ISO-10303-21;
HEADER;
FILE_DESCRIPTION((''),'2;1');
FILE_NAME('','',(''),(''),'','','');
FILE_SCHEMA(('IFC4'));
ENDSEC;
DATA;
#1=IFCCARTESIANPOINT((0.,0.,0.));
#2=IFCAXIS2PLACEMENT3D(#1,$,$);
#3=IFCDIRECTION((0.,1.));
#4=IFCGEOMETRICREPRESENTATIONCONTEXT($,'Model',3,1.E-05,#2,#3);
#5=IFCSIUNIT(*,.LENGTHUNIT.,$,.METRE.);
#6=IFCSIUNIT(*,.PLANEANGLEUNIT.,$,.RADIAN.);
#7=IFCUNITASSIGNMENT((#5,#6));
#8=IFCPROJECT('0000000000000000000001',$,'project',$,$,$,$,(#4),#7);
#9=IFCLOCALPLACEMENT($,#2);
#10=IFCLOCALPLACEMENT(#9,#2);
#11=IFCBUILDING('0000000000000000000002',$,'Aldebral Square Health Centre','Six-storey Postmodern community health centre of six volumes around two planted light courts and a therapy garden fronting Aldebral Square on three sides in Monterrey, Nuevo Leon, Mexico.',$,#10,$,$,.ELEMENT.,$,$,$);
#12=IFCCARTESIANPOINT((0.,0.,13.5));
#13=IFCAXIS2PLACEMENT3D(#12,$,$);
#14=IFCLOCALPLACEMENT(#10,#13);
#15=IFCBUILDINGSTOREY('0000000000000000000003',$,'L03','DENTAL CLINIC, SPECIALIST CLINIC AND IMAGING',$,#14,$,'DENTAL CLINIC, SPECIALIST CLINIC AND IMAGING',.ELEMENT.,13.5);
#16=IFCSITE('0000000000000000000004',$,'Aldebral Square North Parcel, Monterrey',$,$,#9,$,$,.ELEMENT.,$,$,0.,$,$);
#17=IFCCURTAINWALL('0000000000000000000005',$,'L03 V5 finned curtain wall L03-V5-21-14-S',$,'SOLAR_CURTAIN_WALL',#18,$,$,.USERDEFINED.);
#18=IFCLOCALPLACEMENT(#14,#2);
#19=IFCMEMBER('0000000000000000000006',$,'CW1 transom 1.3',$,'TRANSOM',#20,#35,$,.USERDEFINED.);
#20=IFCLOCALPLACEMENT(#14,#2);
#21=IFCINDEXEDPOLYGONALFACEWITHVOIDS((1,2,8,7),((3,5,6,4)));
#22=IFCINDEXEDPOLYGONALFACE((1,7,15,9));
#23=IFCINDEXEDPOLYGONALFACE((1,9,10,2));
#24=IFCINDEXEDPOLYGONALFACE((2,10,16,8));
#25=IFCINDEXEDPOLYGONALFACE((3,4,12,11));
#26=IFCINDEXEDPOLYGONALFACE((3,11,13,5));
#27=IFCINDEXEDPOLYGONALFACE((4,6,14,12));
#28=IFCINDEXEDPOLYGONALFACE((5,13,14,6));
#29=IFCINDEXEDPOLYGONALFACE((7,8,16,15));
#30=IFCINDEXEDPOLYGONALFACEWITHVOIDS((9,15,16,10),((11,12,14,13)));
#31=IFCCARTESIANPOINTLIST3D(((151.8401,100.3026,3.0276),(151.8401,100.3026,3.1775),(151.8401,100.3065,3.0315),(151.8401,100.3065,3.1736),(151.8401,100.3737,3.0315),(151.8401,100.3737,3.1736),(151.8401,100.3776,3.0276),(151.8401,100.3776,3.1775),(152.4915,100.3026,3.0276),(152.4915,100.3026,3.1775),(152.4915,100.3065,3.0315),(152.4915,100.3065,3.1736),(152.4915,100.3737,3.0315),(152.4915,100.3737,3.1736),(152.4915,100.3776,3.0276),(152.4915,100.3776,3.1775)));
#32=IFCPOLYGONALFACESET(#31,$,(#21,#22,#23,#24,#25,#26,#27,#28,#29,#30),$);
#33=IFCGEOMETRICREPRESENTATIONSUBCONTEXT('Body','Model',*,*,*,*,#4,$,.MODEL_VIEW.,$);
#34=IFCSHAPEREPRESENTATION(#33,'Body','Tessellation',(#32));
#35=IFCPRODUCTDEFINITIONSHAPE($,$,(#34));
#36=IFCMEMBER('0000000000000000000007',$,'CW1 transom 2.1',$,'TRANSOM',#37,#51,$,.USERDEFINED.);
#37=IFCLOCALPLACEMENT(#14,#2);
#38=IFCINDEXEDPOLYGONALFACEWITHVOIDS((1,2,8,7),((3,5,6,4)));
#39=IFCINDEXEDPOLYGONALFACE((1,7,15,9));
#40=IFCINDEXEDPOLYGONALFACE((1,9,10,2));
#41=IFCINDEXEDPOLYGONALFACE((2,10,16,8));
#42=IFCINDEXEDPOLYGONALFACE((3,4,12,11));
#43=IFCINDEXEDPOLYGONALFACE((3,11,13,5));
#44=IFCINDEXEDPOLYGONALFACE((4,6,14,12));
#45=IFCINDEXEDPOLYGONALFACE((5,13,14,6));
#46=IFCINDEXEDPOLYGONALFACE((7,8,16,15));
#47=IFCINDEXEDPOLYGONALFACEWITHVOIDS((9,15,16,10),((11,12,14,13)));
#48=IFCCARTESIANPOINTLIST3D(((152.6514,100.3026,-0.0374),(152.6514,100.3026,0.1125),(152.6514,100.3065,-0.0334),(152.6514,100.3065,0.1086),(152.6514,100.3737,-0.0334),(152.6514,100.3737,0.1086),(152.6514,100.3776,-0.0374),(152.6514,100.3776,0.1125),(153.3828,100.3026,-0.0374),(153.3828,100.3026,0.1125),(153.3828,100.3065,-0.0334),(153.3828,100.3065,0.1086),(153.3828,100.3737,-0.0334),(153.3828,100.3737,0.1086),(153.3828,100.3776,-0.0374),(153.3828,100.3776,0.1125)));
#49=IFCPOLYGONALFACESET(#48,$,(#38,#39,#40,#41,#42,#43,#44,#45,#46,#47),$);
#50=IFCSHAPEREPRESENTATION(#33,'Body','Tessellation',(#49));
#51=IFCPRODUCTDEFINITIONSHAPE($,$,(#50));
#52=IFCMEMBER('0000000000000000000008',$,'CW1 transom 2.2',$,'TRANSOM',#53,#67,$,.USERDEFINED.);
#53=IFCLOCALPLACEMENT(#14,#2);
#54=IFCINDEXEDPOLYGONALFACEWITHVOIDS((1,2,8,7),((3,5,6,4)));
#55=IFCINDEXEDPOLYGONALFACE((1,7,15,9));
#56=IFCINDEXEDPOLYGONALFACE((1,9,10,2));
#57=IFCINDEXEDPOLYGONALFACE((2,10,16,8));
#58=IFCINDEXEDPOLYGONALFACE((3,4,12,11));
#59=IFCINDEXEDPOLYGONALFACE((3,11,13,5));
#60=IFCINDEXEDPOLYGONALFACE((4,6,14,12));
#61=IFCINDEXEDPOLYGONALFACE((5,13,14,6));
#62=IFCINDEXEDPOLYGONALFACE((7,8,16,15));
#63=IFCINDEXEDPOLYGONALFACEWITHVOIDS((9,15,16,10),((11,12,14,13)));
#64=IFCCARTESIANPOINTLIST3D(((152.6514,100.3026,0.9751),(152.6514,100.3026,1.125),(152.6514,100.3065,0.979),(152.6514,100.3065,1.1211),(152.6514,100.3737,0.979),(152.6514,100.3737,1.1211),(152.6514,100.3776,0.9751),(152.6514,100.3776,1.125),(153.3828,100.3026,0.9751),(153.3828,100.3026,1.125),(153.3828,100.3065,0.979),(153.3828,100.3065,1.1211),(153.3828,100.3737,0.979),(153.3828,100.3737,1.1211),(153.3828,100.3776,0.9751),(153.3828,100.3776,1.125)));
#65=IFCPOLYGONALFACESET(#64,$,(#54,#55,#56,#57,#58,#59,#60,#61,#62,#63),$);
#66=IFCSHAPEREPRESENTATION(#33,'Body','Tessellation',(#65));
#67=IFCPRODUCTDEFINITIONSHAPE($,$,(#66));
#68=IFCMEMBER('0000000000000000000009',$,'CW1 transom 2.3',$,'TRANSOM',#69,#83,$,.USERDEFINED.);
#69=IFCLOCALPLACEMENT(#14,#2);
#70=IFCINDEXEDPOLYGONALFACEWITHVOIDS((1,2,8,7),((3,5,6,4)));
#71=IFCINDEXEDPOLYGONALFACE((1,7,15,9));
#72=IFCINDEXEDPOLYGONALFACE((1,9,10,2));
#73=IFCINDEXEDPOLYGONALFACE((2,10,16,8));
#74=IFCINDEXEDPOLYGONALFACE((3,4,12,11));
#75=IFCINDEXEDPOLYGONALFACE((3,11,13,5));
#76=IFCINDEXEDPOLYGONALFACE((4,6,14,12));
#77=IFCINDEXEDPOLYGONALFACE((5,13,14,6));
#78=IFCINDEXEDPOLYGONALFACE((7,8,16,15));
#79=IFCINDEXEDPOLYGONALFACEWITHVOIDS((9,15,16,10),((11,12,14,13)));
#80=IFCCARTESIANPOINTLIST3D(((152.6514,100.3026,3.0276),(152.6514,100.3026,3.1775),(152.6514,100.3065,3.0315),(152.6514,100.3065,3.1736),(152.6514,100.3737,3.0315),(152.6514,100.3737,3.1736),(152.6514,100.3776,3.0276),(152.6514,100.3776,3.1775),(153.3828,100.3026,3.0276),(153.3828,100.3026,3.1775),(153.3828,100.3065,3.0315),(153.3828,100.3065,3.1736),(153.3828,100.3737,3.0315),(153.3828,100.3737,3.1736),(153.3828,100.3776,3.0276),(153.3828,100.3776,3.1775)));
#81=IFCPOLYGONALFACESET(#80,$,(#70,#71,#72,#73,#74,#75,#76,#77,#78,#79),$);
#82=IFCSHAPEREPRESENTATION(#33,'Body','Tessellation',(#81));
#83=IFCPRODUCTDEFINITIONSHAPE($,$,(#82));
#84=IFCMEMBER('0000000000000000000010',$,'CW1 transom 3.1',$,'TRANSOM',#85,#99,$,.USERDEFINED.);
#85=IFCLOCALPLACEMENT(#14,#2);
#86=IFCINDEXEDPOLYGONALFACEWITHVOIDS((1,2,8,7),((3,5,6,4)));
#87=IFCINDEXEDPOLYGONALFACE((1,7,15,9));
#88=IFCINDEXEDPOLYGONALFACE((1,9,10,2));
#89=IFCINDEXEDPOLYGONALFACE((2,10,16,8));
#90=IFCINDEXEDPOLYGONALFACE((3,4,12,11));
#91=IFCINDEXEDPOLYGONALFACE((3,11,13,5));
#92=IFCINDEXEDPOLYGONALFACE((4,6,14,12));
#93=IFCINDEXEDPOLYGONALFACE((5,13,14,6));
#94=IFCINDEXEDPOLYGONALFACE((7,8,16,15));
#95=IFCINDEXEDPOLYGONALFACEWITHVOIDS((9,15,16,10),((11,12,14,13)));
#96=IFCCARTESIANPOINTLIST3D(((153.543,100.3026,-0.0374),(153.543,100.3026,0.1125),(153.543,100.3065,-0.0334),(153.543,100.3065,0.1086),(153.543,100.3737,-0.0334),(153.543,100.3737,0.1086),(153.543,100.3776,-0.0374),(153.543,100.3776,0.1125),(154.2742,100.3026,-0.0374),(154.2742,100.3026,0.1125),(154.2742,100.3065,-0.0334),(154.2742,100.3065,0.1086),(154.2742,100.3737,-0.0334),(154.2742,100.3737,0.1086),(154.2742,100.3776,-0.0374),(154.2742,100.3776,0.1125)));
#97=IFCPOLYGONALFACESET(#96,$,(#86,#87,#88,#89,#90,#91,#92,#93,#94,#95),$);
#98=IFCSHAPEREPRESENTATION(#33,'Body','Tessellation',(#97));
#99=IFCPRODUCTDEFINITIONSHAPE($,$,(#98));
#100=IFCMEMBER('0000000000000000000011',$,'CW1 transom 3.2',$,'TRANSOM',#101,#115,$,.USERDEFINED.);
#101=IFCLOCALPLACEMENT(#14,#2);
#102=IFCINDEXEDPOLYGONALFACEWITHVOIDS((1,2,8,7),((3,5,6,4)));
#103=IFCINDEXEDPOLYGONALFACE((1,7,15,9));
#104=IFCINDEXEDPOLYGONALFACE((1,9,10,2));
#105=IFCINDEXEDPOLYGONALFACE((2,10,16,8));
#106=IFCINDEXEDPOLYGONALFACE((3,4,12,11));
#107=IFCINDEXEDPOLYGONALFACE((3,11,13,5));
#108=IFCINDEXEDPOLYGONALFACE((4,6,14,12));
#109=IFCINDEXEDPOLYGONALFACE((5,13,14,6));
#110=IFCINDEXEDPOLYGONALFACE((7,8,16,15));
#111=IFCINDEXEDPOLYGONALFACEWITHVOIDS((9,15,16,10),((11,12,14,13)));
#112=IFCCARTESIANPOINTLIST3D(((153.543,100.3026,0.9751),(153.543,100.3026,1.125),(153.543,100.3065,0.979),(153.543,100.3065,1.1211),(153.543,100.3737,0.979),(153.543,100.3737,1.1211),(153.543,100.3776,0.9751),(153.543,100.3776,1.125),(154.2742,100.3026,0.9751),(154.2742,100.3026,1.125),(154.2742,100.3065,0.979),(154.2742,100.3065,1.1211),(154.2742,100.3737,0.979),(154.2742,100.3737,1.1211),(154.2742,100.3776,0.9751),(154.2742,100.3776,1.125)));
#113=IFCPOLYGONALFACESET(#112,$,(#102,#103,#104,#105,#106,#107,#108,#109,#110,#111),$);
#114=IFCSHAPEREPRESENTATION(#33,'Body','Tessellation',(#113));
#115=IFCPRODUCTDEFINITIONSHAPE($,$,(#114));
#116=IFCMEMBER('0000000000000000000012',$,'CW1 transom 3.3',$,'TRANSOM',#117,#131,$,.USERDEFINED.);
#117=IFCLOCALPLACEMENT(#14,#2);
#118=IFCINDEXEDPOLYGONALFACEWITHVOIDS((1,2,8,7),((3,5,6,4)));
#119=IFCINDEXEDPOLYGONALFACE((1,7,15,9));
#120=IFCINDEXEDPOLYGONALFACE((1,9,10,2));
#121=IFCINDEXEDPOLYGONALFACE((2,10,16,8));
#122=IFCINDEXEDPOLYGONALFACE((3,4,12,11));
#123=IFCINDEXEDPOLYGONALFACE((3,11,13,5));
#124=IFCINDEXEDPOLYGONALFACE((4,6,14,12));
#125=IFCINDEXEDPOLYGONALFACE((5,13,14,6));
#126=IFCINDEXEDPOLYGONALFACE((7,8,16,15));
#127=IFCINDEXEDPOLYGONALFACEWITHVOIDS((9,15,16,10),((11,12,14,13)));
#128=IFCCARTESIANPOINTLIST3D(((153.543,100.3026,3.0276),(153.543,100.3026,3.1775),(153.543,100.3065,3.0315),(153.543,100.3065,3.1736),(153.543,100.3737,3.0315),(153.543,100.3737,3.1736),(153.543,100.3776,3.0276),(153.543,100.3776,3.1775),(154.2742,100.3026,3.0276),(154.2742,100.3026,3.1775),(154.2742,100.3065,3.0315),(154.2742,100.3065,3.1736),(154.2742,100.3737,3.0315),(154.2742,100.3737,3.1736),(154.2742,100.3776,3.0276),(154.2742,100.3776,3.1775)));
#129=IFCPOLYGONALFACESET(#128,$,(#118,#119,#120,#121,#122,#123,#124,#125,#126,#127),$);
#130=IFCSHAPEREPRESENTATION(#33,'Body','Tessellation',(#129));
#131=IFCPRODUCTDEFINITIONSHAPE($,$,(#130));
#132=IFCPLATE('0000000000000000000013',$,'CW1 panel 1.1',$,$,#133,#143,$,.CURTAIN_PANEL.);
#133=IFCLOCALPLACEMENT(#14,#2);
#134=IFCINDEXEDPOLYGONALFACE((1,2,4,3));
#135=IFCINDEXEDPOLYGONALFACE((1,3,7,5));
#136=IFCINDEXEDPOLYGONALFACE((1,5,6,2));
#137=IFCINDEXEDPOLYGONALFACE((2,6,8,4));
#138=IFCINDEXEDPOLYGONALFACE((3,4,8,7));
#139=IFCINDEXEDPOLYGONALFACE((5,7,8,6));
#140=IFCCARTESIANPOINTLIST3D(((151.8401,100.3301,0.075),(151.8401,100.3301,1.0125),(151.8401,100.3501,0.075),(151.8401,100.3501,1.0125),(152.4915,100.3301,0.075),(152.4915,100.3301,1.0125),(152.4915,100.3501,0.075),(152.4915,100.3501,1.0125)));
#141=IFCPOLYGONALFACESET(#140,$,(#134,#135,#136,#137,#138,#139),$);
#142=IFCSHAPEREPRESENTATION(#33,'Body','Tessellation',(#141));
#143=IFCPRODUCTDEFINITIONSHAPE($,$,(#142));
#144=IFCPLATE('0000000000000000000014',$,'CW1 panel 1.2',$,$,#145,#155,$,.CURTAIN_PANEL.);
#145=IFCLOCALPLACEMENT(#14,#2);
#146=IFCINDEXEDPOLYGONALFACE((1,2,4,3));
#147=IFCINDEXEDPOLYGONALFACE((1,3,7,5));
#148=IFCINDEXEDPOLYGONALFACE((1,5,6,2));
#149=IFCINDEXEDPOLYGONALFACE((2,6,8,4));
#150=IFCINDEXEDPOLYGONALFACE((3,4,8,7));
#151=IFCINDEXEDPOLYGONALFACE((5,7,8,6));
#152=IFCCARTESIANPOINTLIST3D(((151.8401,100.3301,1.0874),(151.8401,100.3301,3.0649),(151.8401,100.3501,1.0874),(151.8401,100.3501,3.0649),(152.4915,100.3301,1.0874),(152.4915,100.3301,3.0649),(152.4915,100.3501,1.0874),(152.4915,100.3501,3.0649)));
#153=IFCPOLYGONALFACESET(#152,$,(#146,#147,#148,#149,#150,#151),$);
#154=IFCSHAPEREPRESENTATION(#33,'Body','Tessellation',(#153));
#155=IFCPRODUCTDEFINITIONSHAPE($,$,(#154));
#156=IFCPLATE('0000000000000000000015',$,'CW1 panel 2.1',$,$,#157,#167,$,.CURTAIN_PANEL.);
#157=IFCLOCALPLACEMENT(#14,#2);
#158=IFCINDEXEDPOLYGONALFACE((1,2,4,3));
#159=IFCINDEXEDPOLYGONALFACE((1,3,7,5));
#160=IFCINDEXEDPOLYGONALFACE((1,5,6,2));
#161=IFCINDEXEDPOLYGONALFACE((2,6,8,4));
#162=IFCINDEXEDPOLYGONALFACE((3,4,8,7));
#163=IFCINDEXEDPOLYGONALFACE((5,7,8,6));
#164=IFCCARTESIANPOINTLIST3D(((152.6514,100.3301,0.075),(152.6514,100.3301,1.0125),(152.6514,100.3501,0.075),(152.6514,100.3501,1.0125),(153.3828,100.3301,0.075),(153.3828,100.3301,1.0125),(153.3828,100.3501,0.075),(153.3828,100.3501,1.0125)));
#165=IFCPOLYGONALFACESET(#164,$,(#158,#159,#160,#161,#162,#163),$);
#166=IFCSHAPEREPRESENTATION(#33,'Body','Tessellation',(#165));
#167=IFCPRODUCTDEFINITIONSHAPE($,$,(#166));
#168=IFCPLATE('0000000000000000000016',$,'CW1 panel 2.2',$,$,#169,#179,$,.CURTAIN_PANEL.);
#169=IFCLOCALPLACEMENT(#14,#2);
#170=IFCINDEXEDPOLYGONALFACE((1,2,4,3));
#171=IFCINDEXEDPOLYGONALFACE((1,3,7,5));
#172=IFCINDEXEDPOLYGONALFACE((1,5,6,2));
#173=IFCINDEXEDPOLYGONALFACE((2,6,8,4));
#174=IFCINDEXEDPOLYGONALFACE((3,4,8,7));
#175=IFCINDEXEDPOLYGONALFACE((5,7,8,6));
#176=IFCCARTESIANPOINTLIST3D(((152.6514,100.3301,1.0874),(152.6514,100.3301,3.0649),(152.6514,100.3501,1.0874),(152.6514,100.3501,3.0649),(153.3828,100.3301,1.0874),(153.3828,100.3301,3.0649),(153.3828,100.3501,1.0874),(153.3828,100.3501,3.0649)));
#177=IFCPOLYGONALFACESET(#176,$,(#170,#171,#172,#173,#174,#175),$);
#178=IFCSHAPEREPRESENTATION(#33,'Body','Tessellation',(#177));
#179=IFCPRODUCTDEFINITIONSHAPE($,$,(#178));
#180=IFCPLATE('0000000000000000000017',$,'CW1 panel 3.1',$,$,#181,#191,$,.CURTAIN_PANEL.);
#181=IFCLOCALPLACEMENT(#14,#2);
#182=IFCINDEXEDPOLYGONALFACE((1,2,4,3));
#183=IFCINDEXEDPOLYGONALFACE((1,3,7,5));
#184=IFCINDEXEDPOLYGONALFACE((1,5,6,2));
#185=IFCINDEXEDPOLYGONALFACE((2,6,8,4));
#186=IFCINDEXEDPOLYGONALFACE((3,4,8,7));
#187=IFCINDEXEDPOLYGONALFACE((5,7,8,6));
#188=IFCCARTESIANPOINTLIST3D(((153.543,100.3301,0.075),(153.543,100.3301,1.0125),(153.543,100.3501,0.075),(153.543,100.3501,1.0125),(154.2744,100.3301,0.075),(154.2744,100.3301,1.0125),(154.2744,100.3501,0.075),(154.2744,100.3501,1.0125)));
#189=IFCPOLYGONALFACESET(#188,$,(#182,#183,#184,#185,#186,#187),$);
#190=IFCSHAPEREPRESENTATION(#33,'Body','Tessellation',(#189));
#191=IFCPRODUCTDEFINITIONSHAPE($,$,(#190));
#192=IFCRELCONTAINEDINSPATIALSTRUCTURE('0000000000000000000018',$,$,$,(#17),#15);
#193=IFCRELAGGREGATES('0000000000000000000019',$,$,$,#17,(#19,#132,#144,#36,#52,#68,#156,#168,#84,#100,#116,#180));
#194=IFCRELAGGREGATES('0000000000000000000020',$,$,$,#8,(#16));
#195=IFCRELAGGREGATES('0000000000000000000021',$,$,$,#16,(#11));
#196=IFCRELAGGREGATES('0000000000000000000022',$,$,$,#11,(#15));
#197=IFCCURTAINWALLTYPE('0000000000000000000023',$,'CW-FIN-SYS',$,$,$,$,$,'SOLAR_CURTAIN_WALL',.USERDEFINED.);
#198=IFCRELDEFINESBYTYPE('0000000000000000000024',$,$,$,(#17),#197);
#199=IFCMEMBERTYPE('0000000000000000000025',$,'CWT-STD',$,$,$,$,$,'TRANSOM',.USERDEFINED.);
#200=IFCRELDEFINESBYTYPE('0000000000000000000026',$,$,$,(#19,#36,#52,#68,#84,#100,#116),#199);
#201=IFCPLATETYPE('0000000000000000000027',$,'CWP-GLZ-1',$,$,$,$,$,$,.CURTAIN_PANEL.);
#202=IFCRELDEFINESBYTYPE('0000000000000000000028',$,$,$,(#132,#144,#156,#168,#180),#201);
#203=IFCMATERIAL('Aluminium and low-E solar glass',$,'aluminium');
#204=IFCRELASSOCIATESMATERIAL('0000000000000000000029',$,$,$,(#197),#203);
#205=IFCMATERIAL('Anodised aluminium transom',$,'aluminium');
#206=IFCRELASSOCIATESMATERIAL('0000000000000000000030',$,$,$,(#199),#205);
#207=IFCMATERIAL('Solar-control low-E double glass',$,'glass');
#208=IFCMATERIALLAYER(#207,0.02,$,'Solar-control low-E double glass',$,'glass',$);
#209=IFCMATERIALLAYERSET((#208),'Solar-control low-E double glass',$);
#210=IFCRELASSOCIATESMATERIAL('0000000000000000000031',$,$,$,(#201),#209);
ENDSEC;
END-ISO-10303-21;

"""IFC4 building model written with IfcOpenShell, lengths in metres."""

from ifc_helpers import new_model, si_unit, direction, frame, origin, origin_2d, place, context, subcontext, project, spatial, rectangle, hollow_rectangle, extrude, material, layer, layer_set, material_profile, profile_set, type_object, element, aggregate, save


model = new_model("IFC4")

# Units and contexts
model_context = context("Model", 3, precision=1e-05, world=origin(), true_north=direction((0.0, 1.0)))
body_context = subcontext(model_context, "Body", "Model", "MODEL_VIEW")
ifc_project = project(units=[si_unit("LENGTHUNIT", "METRE"), si_unit("PLANEANGLEUNIT", "RADIAN")], contexts=[model_context])

# Site, building, storey
site_placement = place(None, origin())
site = spatial("IfcSite", under=ifc_project, at=site_placement, Name="Aldebral Square North Parcel, Monterrey", CompositionType="ELEMENT", RefElevation=0.0)
building_placement = place(site_placement, origin())
building = spatial("IfcBuilding", under=site, at=building_placement, Name="Aldebral Square Health Centre", Description="Six-storey Postmodern community health centre of six volumes around two planted light courts and a therapy garden fronting Aldebral Square on three sides in Monterrey, Nuevo Leon, Mexico.", CompositionType="ELEMENT")
storey_placement = place(building_placement, frame((0.0, 0.0, 13.5)))
storey = spatial("IfcBuildingStorey", under=building, at=storey_placement, Name="L03", Description="DENTAL CLINIC, SPECIALIST CLINIC AND IMAGING", LongName="DENTAL CLINIC, SPECIALIST CLINIC AND IMAGING", CompositionType="ELEMENT", Elevation=13.5)

# Curtain wall
ifc_material_1 = material(Name="Aluminium and low-E solar glass", Category="aluminium")
curtain_wall_type = type_object("IfcCurtainWallType", Name="CW-FIN-SYS", ElementType="SOLAR_CURTAIN_WALL", PredefinedType="USERDEFINED", material=ifc_material_1)
curtain_wall_1_placement = place(storey_placement, origin())
curtain_wall_1 = element("IfcCurtainWall", 1, at=curtain_wall_1_placement, inside=storey, type_object=curtain_wall_type, Name="L03 V5 finned curtain wall L03-V5-21-14-S", ObjectType="SOLAR_CURTAIN_WALL", PredefinedType="USERDEFINED")
ifc_material_2 = material(Name="Anodised aluminium transom", Category="aluminium")
ifc_material_profile_1 = material_profile(ifc_material_2, hollow_rectangle(XDim=0.075, YDim=0.1499, WallThickness=0.0039, at=origin_2d()), Name="CWT 75x150x4")
ifc_profile_set_1 = profile_set([ifc_material_profile_1], Name="Anodised aluminium transom")
member_type_1 = type_object("IfcMemberType", Name="CWT-STD", ElementType="TRANSOM", PredefinedType="USERDEFINED", material=ifc_profile_set_1)

# Members
member_1_placement = place(storey_placement, frame((151.8401, 100.3401, 3.1025), z_axis=(1.0, 0.0, 0.0), x_axis=(0.0, 1.0, 0.0)))
member_1 = element("IfcMember", 2, at=member_1_placement, type_object=member_type_1, Name="CW1 transom 1.3", ObjectType="TRANSOM", PredefinedType="USERDEFINED", context=body_context, shape_type="SweptSolid", body=[
    extrude(hollow_rectangle(XDim=0.075, YDim=0.1499, WallThickness=0.0039, at=origin_2d()), origin(), (0.0, 0.0, 1.0), 0.6514),
])
member_2_placement = place(storey_placement, frame((152.6514, 100.3401, 0.0376), z_axis=(1.0, 0.0, 0.0), x_axis=(0.0, 1.0, 0.0)))
member_2 = element("IfcMember", 3, at=member_2_placement, type_object=member_type_1, Name="CW1 transom 2.1", ObjectType="TRANSOM", PredefinedType="USERDEFINED", context=body_context, shape_type="SweptSolid", body=[
    extrude(hollow_rectangle(XDim=0.075, YDim=0.1499, WallThickness=0.0039, at=origin_2d()), origin(), (0.0, 0.0, 1.0), 0.7314),
])
member_3_placement = place(storey_placement, frame((152.6514, 100.3401, 1.05), z_axis=(1.0, 0.0, 0.0), x_axis=(0.0, 1.0, 0.0)))
member_3 = element("IfcMember", 4, at=member_3_placement, type_object=member_type_1, Name="CW1 transom 2.2", ObjectType="TRANSOM", PredefinedType="USERDEFINED", context=body_context, shape_type="SweptSolid", body=[
    extrude(hollow_rectangle(XDim=0.075, YDim=0.1499, WallThickness=0.0039, at=origin_2d()), origin(), (0.0, 0.0, 1.0), 0.7314),
])
member_4_placement = place(storey_placement, frame((152.6514, 100.3401, 3.1025), z_axis=(1.0, 0.0, 0.0), x_axis=(0.0, 1.0, 0.0)))
member_4 = element("IfcMember", 5, at=member_4_placement, type_object=member_type_1, Name="CW1 transom 2.3", ObjectType="TRANSOM", PredefinedType="USERDEFINED", context=body_context, shape_type="SweptSolid", body=[
    extrude(hollow_rectangle(XDim=0.075, YDim=0.1499, WallThickness=0.0039, at=origin_2d()), origin(), (0.0, 0.0, 1.0), 0.7314),
])
member_5_placement = place(storey_placement, frame((153.543, 100.3401, 0.0376), z_axis=(1.0, 0.0, 0.0), x_axis=(0.0, 1.0, 0.0)))
member_5 = element("IfcMember", 6, at=member_5_placement, type_object=member_type_1, Name="CW1 transom 3.1", ObjectType="TRANSOM", PredefinedType="USERDEFINED", context=body_context, shape_type="SweptSolid", body=[
    extrude(hollow_rectangle(XDim=0.075, YDim=0.1499, WallThickness=0.0039, at=origin_2d()), origin(), (0.0, 0.0, 1.0), 0.7312),
])
member_6_placement = place(storey_placement, frame((153.543, 100.3401, 1.05), z_axis=(1.0, 0.0, 0.0), x_axis=(0.0, 1.0, 0.0)))
member_6 = element("IfcMember", 7, at=member_6_placement, type_object=member_type_1, Name="CW1 transom 3.2", ObjectType="TRANSOM", PredefinedType="USERDEFINED", context=body_context, shape_type="SweptSolid", body=[
    extrude(hollow_rectangle(XDim=0.075, YDim=0.1499, WallThickness=0.0039, at=origin_2d()), origin(), (0.0, 0.0, 1.0), 0.7312),
])
member_7_placement = place(storey_placement, frame((153.543, 100.3401, 3.1025), z_axis=(1.0, 0.0, 0.0), x_axis=(0.0, 1.0, 0.0)))
member_7 = element("IfcMember", 8, at=member_7_placement, type_object=member_type_1, Name="CW1 transom 3.3", ObjectType="TRANSOM", PredefinedType="USERDEFINED", context=body_context, shape_type="SweptSolid", body=[
    extrude(hollow_rectangle(XDim=0.075, YDim=0.1499, WallThickness=0.0039, at=origin_2d()), origin(), (0.0, 0.0, 1.0), 0.7312),
])

# Plates
ifc_material_3 = material(Name="Solar-control low-E double glass", Category="glass")
ifc_layer_1 = layer(ifc_material_3, 0.02, Name="Solar-control low-E double glass", Category="glass")
ifc_layer_set_1 = layer_set([ifc_layer_1], Name="Solar-control low-E double glass")
plate_type_1 = type_object("IfcPlateType", Name="CWP-GLZ-1", PredefinedType="CURTAIN_PANEL", material=ifc_layer_set_1)
plate_1_placement = place(storey_placement, frame((152.1658, 100.3401, 0.075), z_axis=(0.0, 0.0, 1.0), x_axis=(1.0, 0.0, 0.0)))
plate_1 = element("IfcPlate", 9, at=plate_1_placement, type_object=plate_type_1, Name="CW1 panel 1.1", PredefinedType="CURTAIN_PANEL", context=body_context, shape_type="SweptSolid", body=[
    extrude(rectangle(XDim=0.6514, YDim=0.02, at=origin_2d()), origin(), (0.0, 0.0, 1.0), 0.9375),
])
plate_2_placement = place(storey_placement, frame((152.1658, 100.3401, 1.0874), z_axis=(0.0, 0.0, 1.0), x_axis=(1.0, 0.0, 0.0)))
plate_2 = element("IfcPlate", 10, at=plate_2_placement, type_object=plate_type_1, Name="CW1 panel 1.2", PredefinedType="CURTAIN_PANEL", context=body_context, shape_type="SweptSolid", body=[
    extrude(rectangle(XDim=0.6514, YDim=0.02, at=origin_2d()), origin(), (0.0, 0.0, 1.0), 1.9775),
])
plate_3_placement = place(storey_placement, frame((153.0171, 100.3401, 0.075), z_axis=(0.0, 0.0, 1.0), x_axis=(1.0, 0.0, 0.0)))
plate_3 = element("IfcPlate", 11, at=plate_3_placement, type_object=plate_type_1, Name="CW1 panel 2.1", PredefinedType="CURTAIN_PANEL", context=body_context, shape_type="SweptSolid", body=[
    extrude(rectangle(XDim=0.7314, YDim=0.02, at=origin_2d()), origin(), (0.0, 0.0, 1.0), 0.9375),
])
plate_4_placement = place(storey_placement, frame((153.0171, 100.3401, 1.0874), z_axis=(0.0, 0.0, 1.0), x_axis=(1.0, 0.0, 0.0)))
plate_4 = element("IfcPlate", 12, at=plate_4_placement, type_object=plate_type_1, Name="CW1 panel 2.2", PredefinedType="CURTAIN_PANEL", context=body_context, shape_type="SweptSolid", body=[
    extrude(rectangle(XDim=0.7314, YDim=0.02, at=origin_2d()), origin(), (0.0, 0.0, 1.0), 1.9775),
])
plate_5_placement = place(storey_placement, frame((153.9087, 100.3401, 0.075), z_axis=(0.0, 0.0, 1.0), x_axis=(1.0, 0.0, 0.0)))
plate_5 = element("IfcPlate", 13, at=plate_5_placement, type_object=plate_type_1, Name="CW1 panel 3.1", PredefinedType="CURTAIN_PANEL", context=body_context, shape_type="SweptSolid", body=[
    extrude(rectangle(XDim=0.7314, YDim=0.02, at=origin_2d()), origin(), (0.0, 0.0, 1.0), 0.9375),
])
aggregate(curtain_wall_1, [member_1, plate_1, plate_2, member_2, member_3, member_4, plate_3, plate_4, member_5, member_6, member_7, plate_5])

save(model, "model.ifc")
